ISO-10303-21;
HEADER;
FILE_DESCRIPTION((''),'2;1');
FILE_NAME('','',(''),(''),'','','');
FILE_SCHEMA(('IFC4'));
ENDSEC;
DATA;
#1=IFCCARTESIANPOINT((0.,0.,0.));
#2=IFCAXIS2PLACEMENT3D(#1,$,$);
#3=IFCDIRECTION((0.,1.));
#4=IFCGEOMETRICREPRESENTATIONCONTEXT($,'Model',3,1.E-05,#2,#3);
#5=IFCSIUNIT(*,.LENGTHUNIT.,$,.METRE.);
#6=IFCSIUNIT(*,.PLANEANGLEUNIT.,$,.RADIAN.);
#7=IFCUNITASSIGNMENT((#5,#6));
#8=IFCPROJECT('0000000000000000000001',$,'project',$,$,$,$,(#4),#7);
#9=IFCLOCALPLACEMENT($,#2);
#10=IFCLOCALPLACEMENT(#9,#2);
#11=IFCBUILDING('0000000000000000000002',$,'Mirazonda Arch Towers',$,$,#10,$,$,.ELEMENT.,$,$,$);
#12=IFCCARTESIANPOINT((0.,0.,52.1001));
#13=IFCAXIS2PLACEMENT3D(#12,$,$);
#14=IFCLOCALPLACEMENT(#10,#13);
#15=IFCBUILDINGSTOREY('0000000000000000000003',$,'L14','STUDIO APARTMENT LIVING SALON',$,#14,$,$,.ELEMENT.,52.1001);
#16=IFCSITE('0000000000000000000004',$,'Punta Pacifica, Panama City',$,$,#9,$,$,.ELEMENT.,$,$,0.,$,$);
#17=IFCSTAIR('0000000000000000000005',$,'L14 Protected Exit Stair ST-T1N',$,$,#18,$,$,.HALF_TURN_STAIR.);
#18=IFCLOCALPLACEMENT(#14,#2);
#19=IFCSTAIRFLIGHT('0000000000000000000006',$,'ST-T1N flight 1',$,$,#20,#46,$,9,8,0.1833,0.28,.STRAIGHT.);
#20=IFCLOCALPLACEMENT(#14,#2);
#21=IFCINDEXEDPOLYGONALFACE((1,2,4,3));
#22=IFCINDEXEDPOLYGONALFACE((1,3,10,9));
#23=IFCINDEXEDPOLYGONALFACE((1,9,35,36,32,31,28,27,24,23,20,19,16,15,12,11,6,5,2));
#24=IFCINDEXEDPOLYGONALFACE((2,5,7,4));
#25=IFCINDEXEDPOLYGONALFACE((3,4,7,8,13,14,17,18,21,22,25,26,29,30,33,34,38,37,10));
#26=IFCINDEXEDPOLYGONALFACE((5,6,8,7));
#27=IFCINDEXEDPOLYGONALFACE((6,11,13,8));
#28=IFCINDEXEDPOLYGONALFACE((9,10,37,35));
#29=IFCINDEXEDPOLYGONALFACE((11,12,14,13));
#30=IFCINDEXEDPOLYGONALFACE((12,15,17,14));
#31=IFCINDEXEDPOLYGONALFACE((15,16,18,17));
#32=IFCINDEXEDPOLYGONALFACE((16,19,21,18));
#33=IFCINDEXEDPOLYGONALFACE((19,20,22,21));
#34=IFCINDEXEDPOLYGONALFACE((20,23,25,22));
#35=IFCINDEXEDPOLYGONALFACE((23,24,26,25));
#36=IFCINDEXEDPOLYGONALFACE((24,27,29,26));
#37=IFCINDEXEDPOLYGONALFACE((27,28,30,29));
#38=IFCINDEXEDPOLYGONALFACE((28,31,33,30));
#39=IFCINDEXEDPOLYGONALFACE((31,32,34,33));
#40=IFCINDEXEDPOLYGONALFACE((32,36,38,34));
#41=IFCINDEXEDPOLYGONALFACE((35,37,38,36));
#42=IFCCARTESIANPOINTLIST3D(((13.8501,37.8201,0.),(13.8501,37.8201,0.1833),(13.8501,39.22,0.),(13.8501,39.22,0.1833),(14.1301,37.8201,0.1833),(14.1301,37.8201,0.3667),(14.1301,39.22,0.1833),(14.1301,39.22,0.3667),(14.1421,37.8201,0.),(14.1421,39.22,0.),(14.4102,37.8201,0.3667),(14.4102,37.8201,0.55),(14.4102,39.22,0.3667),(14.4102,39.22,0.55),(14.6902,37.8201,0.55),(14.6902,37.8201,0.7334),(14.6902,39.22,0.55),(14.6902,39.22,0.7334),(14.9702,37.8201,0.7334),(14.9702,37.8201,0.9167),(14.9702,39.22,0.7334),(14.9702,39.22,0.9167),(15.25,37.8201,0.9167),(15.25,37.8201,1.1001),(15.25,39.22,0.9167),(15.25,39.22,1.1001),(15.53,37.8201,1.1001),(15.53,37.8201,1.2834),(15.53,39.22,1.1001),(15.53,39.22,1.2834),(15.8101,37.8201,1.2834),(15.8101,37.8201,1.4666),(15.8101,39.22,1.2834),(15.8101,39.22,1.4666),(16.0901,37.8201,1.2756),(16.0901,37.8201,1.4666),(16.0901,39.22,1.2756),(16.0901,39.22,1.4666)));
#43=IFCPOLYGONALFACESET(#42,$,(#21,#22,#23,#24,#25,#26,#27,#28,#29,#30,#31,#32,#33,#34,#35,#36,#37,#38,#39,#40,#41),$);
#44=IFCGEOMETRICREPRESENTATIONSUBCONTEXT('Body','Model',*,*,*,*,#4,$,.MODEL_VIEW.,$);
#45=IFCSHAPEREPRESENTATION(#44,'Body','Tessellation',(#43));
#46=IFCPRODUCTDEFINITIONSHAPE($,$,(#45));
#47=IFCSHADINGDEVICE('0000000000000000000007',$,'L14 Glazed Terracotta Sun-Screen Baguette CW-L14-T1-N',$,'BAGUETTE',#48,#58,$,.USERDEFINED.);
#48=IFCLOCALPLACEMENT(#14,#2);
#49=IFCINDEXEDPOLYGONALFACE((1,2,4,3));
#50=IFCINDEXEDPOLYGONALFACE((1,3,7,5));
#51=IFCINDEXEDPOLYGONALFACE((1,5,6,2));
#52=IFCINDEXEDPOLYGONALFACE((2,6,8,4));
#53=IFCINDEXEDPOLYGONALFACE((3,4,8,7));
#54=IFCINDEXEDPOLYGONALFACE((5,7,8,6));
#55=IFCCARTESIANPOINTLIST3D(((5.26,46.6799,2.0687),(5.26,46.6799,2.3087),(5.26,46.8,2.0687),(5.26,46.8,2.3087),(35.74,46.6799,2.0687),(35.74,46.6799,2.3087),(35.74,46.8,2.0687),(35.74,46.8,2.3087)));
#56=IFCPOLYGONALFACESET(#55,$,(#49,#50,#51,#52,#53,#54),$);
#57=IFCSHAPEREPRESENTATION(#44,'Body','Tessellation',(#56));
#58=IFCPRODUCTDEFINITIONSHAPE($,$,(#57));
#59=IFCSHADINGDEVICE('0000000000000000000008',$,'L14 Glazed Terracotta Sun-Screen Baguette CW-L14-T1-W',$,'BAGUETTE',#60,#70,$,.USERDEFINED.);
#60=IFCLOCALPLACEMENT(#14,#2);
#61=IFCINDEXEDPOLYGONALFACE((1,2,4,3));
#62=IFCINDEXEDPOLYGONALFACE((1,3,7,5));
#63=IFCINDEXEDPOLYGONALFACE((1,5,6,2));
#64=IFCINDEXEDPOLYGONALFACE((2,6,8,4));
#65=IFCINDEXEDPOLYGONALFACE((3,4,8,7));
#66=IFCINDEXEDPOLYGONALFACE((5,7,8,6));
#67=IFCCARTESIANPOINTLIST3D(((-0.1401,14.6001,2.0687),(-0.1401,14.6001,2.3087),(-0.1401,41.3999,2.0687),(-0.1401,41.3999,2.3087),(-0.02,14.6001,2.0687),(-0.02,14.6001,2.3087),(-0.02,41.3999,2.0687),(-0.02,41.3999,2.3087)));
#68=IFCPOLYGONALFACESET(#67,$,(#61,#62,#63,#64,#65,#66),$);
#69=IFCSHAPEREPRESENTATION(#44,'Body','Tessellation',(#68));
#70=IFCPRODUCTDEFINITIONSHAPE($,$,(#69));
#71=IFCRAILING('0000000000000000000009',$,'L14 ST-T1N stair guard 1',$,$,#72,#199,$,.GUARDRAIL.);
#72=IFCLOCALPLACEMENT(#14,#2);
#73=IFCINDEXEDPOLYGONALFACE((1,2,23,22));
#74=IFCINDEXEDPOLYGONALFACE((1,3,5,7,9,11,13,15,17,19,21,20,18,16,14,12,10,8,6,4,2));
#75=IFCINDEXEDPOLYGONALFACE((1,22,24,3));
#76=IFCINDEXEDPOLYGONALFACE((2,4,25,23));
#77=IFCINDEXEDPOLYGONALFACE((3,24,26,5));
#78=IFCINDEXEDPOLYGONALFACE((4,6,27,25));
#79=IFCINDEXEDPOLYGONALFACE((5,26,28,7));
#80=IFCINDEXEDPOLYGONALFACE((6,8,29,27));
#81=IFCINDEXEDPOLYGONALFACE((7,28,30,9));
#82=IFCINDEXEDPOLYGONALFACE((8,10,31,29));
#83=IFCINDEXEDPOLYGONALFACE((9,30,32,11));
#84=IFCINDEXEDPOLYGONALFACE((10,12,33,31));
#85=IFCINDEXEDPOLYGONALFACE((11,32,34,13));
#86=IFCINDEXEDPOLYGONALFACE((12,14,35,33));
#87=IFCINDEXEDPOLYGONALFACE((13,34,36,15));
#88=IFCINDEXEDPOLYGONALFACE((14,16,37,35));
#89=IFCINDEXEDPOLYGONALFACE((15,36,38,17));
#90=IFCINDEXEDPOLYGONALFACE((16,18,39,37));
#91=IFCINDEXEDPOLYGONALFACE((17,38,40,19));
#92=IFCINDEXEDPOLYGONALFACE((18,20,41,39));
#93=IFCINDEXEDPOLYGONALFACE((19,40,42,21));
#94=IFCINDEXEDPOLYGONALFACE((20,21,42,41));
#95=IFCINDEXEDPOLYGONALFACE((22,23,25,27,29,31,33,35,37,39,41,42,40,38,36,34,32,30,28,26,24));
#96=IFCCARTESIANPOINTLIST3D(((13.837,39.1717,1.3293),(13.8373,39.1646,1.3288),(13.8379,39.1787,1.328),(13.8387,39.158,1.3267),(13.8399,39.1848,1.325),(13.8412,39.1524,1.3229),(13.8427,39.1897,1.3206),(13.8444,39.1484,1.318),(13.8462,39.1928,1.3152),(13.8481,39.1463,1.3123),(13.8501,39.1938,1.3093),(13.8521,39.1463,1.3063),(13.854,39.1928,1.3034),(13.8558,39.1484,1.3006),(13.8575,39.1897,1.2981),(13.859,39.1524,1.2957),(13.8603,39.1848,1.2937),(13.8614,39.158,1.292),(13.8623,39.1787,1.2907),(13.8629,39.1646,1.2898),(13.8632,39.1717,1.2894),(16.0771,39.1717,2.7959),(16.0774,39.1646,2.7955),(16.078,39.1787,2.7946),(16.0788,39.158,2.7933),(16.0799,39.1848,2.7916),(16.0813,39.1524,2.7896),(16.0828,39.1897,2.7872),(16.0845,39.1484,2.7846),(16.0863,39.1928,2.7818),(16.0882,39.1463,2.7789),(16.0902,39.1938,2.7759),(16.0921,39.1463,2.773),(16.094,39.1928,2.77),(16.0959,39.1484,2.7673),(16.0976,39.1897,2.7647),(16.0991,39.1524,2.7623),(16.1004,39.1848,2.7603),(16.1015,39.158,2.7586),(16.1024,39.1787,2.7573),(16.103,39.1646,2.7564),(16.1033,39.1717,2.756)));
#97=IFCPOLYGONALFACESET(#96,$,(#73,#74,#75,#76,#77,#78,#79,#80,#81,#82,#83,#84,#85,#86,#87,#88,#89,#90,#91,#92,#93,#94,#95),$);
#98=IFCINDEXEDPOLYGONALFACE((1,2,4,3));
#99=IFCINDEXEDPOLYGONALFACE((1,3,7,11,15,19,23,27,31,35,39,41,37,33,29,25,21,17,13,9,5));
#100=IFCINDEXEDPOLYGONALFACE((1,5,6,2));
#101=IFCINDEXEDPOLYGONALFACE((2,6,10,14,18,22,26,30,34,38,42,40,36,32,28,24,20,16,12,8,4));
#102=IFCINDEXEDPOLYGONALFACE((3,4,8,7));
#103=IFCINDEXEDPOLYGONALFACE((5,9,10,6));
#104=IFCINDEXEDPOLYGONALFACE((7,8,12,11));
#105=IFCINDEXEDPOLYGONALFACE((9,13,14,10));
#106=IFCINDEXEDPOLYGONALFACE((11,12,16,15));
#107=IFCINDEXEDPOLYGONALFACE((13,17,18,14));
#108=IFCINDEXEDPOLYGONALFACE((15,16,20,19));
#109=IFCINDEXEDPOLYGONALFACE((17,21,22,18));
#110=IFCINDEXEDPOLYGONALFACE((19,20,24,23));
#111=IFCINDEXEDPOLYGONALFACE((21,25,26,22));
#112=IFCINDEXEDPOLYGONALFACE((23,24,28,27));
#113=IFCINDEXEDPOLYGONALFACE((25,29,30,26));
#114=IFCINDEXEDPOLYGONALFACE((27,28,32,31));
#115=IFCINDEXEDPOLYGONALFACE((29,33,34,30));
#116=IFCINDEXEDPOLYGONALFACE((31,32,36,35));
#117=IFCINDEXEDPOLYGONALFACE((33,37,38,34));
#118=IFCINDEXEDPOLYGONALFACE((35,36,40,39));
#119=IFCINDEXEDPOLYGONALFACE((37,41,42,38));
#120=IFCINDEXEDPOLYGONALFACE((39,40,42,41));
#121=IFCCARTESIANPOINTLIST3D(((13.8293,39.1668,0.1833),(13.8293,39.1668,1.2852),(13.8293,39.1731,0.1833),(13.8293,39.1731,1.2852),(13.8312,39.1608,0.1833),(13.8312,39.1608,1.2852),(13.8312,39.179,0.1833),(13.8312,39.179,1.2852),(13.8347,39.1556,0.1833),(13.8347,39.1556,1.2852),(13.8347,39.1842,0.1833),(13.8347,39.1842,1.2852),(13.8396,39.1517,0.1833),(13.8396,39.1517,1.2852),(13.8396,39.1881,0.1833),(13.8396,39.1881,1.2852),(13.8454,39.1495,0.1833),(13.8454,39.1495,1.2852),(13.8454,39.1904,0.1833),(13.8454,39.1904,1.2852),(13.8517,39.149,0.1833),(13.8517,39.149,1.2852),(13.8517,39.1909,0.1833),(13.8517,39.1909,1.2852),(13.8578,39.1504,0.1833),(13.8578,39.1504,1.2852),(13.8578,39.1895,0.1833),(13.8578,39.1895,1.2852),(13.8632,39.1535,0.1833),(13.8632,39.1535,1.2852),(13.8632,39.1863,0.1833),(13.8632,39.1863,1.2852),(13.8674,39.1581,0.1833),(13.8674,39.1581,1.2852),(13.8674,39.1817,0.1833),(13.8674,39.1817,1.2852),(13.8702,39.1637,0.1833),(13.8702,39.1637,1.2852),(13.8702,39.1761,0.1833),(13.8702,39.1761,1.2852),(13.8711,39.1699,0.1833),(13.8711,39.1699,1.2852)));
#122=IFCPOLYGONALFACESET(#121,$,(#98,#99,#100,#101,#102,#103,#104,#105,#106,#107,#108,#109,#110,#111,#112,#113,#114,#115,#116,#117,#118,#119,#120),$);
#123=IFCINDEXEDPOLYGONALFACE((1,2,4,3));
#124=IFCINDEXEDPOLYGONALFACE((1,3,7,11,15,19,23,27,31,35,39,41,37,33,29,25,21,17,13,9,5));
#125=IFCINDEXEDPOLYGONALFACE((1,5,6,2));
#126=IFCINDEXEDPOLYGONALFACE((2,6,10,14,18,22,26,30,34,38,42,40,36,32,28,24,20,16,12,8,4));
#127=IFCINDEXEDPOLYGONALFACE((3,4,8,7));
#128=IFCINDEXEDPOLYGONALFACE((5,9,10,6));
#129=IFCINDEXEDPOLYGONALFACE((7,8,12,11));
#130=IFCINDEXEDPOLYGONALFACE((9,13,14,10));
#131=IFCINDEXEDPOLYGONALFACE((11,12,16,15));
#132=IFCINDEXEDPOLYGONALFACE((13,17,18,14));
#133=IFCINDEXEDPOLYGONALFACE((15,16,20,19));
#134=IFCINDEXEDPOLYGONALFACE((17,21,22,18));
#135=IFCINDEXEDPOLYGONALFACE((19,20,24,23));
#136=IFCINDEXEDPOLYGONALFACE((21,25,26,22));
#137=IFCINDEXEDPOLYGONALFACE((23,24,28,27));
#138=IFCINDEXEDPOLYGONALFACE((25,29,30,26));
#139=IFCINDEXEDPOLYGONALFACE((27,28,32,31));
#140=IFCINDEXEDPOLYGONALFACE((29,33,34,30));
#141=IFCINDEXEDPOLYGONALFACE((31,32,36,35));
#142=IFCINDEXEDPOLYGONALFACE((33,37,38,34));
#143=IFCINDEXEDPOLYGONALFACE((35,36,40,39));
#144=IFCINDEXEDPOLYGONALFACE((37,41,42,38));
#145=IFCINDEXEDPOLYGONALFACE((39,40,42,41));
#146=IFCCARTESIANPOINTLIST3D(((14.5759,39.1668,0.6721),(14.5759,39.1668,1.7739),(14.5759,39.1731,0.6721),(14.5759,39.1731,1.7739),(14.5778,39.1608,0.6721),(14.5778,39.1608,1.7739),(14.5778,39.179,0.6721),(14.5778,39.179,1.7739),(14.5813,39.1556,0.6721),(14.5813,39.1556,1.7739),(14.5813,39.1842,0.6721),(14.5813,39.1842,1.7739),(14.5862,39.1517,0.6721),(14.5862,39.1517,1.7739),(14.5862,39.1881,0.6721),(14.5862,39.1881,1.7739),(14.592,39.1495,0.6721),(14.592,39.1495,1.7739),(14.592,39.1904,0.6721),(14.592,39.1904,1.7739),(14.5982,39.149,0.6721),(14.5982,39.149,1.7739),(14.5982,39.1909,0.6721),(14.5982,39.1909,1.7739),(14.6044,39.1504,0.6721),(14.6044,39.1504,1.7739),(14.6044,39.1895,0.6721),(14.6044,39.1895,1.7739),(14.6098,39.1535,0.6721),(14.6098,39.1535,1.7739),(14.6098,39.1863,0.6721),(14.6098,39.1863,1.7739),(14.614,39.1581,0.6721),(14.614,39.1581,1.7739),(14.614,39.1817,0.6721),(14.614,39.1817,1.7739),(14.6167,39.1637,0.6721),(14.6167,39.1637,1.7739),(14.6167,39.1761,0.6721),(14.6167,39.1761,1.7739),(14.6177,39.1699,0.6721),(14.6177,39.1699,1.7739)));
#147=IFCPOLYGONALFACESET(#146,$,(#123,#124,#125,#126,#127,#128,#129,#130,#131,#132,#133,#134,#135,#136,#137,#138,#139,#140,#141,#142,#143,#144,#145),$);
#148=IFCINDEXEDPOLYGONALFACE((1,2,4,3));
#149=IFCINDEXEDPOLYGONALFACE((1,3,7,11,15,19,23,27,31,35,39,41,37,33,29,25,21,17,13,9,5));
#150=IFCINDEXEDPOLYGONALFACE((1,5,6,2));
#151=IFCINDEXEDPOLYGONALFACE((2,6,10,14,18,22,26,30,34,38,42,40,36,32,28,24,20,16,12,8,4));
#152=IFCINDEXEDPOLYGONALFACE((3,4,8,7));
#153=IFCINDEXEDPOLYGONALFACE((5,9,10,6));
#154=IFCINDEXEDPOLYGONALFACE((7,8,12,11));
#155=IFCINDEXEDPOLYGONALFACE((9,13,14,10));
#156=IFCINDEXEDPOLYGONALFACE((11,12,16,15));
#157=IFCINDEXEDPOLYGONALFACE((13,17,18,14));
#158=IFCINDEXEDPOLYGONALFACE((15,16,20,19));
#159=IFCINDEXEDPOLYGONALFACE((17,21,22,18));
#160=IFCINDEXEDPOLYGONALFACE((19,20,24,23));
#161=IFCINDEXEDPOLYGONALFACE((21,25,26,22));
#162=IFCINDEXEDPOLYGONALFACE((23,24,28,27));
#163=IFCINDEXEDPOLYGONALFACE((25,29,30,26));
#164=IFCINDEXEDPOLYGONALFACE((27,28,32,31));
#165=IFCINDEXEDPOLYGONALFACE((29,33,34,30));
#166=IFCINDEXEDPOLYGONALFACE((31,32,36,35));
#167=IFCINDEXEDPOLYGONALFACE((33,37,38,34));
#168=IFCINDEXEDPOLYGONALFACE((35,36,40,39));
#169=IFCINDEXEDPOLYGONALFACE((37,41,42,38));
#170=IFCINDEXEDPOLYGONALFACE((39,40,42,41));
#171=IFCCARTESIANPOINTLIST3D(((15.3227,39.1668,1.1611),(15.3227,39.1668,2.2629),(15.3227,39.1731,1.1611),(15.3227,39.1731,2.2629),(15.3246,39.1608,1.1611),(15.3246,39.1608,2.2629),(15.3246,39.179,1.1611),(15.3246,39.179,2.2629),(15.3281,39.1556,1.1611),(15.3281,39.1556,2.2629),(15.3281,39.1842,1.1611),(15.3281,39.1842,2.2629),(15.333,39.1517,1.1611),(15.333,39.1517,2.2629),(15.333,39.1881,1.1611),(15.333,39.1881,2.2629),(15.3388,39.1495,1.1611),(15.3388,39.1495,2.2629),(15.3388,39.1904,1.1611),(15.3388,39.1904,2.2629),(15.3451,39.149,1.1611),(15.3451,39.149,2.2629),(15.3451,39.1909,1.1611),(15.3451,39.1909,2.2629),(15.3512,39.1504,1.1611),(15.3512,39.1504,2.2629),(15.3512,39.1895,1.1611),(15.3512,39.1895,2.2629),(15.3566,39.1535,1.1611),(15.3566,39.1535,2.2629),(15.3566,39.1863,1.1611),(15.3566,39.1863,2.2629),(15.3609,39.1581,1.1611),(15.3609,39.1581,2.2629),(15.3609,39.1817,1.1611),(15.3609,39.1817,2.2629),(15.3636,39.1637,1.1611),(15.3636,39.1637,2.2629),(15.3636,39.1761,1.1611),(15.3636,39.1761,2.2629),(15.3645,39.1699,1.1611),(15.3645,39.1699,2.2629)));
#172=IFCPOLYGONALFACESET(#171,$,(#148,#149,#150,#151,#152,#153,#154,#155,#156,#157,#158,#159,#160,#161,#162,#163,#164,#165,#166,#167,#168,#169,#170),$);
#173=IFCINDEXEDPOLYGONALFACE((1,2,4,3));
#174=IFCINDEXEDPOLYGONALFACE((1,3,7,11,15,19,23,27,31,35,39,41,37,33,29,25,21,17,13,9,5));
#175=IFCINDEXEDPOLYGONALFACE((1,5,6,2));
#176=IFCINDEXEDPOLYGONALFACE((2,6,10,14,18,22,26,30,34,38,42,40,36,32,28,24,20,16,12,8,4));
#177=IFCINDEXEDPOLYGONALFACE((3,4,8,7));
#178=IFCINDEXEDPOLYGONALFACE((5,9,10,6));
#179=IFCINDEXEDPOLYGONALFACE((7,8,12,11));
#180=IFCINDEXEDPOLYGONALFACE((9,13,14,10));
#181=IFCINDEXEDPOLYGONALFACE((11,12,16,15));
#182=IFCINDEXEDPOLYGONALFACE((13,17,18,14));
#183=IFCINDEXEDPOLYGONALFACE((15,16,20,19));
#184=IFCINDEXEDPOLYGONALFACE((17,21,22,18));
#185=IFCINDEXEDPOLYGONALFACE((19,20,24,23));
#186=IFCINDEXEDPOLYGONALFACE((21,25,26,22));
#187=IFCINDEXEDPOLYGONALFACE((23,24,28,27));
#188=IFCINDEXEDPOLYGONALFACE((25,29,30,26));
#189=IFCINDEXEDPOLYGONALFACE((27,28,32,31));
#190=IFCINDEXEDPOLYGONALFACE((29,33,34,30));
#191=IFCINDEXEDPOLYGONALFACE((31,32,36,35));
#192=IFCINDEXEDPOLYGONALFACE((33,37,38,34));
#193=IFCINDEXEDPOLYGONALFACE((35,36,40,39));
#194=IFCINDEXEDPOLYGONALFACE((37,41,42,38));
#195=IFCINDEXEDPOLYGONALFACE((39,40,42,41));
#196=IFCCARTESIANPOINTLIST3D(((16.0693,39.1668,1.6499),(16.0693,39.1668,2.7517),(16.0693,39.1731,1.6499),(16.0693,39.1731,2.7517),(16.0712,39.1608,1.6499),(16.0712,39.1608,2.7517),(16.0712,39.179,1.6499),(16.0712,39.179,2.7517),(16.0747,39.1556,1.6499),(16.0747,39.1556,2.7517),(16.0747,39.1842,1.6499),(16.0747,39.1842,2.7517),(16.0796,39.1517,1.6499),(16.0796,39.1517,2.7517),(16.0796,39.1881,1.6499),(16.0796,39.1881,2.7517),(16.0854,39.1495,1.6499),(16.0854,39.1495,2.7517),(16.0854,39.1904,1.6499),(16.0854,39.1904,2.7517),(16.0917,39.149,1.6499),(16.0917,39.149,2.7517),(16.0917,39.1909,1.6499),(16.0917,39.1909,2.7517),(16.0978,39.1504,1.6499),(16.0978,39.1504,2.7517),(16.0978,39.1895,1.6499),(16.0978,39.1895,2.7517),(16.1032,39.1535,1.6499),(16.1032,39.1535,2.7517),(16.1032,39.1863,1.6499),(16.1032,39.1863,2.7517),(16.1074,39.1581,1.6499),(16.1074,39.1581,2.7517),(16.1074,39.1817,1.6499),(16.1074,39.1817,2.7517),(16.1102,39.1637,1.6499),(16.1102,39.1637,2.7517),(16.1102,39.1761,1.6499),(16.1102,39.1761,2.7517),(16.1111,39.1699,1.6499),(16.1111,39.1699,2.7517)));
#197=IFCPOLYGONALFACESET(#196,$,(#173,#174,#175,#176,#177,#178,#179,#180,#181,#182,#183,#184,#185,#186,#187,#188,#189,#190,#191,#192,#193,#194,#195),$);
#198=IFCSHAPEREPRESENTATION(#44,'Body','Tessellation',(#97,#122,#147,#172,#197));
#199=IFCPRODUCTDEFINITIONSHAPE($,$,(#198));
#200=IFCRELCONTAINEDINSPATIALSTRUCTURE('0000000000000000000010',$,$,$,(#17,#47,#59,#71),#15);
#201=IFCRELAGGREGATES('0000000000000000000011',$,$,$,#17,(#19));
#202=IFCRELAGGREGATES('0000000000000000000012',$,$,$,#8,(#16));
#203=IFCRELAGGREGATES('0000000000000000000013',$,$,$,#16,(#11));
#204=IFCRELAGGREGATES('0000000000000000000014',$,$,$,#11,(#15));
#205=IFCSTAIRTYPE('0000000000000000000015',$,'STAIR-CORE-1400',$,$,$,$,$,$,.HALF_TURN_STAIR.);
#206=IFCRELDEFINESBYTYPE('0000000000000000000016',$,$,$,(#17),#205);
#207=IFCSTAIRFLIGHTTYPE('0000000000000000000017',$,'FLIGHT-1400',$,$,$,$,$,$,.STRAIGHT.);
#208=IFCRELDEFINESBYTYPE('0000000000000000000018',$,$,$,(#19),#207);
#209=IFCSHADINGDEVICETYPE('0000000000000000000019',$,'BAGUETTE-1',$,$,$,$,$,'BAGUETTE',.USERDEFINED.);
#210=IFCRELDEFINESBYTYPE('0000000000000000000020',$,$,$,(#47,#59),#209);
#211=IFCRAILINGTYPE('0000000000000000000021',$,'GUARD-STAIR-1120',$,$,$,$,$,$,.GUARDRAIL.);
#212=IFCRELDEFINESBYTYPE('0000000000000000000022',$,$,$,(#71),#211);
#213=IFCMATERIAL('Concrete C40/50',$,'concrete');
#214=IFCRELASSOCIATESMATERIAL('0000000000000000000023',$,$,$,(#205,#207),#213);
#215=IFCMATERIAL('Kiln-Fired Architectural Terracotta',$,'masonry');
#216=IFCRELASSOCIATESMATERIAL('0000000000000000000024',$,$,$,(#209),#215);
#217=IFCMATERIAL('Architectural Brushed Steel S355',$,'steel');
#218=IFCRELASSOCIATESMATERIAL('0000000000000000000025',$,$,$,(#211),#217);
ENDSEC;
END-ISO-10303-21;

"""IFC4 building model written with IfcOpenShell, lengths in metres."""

from ifc_helpers import new_model, si_unit, direction, frame, origin, origin_2d, place, context, subcontext, project, spatial, polyline, rectangle, circle, outline, extrude, material, material_profile, profile_set, type_object, element, aggregate, save


model = new_model("IFC4")

# Units and contexts
model_context = context("Model", 3, precision=1e-05, world=origin(), true_north=direction((0.0, 1.0)))
body_context = subcontext(model_context, "Body", "Model", "MODEL_VIEW")
ifc_project = project(units=[si_unit("LENGTHUNIT", "METRE"), si_unit("PLANEANGLEUNIT", "RADIAN")], contexts=[model_context])

# Site, building, storey
site_placement = place(None, origin())
site = spatial("IfcSite", under=ifc_project, at=site_placement, Name="Punta Pacifica, Panama City", CompositionType="ELEMENT", RefElevation=0.0)
building_placement = place(site_placement, origin())
building = spatial("IfcBuilding", under=site, at=building_placement, Name="Mirazonda Arch Towers", CompositionType="ELEMENT")
storey_placement = place(building_placement, frame((0.0, 0.0, 52.1001)))
storey = spatial("IfcBuildingStorey", under=building, at=storey_placement, Name="L14", Description="STUDIO APARTMENT LIVING SALON", CompositionType="ELEMENT", Elevation=52.1001)

# Shared definitions
ifc_material_1 = material(Name="Architectural Brushed Steel S355", Category="steel")

# Stair, stair flight
ifc_material_2 = material(Name="Concrete C40/50", Category="concrete")
stair_type = type_object("IfcStairType", Name="STAIR-CORE-1400", PredefinedType="HALF_TURN_STAIR", material=ifc_material_2)
stair_placement = place(storey_placement, origin())
stair = element("IfcStair", 1, at=stair_placement, inside=storey, type_object=stair_type, Name="L14 Protected Exit Stair ST-T1N", PredefinedType="HALF_TURN_STAIR")
stair_flight_type = type_object("IfcStairFlightType", Name="FLIGHT-1400", PredefinedType="STRAIGHT", material=ifc_material_2)
stair_flight_placement = place(storey_placement, frame((13.8501, 38.52, 0.0), z_axis=(0.0, 0.0, 1.0), x_axis=(1.0, 0.0, 0.0)))
stair_flight = element("IfcStairFlight", 2, at=stair_flight_placement, type_object=stair_flight_type, Name="ST-T1N flight 1", NumberOfRisers=9, NumberOfTreads=8, PredefinedType="STRAIGHT", RiserHeight=0.1833, TreadLength=0.28, context=body_context, shape_type="SweptSolid", body=[
    extrude(outline(polyline([(0.0, 0.0), (0.0, 0.1833), (0.28, 0.1833), (0.28, 0.3667), (0.5601, 0.3667), (0.5601, 0.55), (0.8401, 0.55), (0.8401, 0.7334), (1.1201, 0.7334), (1.1201, 0.9167), (1.3999, 0.9167), (1.3999, 1.1001), (1.6799, 1.1001), (1.6799, 1.2834), (1.96, 1.2834), (1.96, 1.4666), (2.24, 1.4666), (2.24, 1.6499), (2.24, 1.2756), (0.292, 0.0), (0.0, 0.0)])), frame((0.0, 0.7, 0.0), z_axis=(0.0, -1.0, 0.0), x_axis=(1.0, 0.0, 0.0)), (0.0, 0.0, 1.0), 1.3999),
])
aggregate(stair, [stair_flight])

# Shading devices
ifc_material_3 = material(Name="Kiln-Fired Architectural Terracotta", Category="masonry")
ifc_material_profile_1 = material_profile(ifc_material_3, rectangle(XDim=0.1201, YDim=0.24, at=origin_2d()), Name="TERRA-BAG-120x240")
ifc_profile_set_1 = profile_set([ifc_material_profile_1], Name="Kiln-Fired Architectural Terracotta")
shading_device_type = type_object("IfcShadingDeviceType", Name="BAGUETTE-1", ElementType="BAGUETTE", PredefinedType="USERDEFINED", material=ifc_profile_set_1)
shading_device_1_placement = place(storey_placement, frame((5.26, 46.74, 2.1887), z_axis=(1.0, 0.0, 0.0), x_axis=(0.0, 1.0, 0.0)))
element("IfcShadingDevice", 3, at=shading_device_1_placement, inside=storey, type_object=shading_device_type, Name="L14 Glazed Terracotta Sun-Screen Baguette CW-L14-T1-N", ObjectType="BAGUETTE", PredefinedType="USERDEFINED", context=body_context, shape_type="SweptSolid", body=[
    extrude(rectangle(XDim=0.1201, YDim=0.24, at=origin_2d()), origin(), (0.0, 0.0, 1.0), 30.48),
])
shading_device_2_placement = place(storey_placement, frame((-0.0801, 41.3999, 2.1887), z_axis=(0.0, -1.0, 0.0), x_axis=(1.0, 0.0, 0.0)))
element("IfcShadingDevice", 4, at=shading_device_2_placement, inside=storey, type_object=shading_device_type, Name="L14 Glazed Terracotta Sun-Screen Baguette CW-L14-T1-W", ObjectType="BAGUETTE", PredefinedType="USERDEFINED", context=body_context, shape_type="SweptSolid", body=[
    extrude(rectangle(XDim=0.1201, YDim=0.24, at=origin_2d()), origin(), (0.0, 0.0, 1.0), 26.7998),
])

# Railing
railing_type_1 = type_object("IfcRailingType", Name="GUARD-STAIR-1120", PredefinedType="GUARDRAIL", material=ifc_material_1)
railing_1_placement = place(storey_placement, frame((13.8501, 39.1699, 0.1833)))
element("IfcRailing", 5, at=railing_1_placement, inside=storey, type_object=railing_type_1, Name="L14 ST-T1N stair guard 1", PredefinedType="GUARDRAIL", context=body_context, shape_type="SweptSolid", body=[
    extrude(circle(Radius=0.0239, at=origin_2d()), frame((0.0, 0.0, 1.126), z_axis=(0.836637, 0.0, 0.547758), x_axis=(0.0, 1.0, 0.0)), (0.0, 0.0, 1.0), 2.6775),
    extrude(circle(Radius=0.021, at=origin_2d()), origin(), (0.0, 0.0, 1.0), 1.1018),
    extrude(circle(Radius=0.021, at=origin_2d()), frame((0.7466, 0.0, 0.4888)), (0.0, 0.0, 1.0), 1.1018),
    extrude(circle(Radius=0.021, at=origin_2d()), frame((1.4934, 0.0, 0.9778)), (0.0, 0.0, 1.0), 1.1018),
    extrude(circle(Radius=0.021, at=origin_2d()), frame((2.24, 0.0, 1.4666)), (0.0, 0.0, 1.0), 1.1018),
])

save(model, "model.ifc")
